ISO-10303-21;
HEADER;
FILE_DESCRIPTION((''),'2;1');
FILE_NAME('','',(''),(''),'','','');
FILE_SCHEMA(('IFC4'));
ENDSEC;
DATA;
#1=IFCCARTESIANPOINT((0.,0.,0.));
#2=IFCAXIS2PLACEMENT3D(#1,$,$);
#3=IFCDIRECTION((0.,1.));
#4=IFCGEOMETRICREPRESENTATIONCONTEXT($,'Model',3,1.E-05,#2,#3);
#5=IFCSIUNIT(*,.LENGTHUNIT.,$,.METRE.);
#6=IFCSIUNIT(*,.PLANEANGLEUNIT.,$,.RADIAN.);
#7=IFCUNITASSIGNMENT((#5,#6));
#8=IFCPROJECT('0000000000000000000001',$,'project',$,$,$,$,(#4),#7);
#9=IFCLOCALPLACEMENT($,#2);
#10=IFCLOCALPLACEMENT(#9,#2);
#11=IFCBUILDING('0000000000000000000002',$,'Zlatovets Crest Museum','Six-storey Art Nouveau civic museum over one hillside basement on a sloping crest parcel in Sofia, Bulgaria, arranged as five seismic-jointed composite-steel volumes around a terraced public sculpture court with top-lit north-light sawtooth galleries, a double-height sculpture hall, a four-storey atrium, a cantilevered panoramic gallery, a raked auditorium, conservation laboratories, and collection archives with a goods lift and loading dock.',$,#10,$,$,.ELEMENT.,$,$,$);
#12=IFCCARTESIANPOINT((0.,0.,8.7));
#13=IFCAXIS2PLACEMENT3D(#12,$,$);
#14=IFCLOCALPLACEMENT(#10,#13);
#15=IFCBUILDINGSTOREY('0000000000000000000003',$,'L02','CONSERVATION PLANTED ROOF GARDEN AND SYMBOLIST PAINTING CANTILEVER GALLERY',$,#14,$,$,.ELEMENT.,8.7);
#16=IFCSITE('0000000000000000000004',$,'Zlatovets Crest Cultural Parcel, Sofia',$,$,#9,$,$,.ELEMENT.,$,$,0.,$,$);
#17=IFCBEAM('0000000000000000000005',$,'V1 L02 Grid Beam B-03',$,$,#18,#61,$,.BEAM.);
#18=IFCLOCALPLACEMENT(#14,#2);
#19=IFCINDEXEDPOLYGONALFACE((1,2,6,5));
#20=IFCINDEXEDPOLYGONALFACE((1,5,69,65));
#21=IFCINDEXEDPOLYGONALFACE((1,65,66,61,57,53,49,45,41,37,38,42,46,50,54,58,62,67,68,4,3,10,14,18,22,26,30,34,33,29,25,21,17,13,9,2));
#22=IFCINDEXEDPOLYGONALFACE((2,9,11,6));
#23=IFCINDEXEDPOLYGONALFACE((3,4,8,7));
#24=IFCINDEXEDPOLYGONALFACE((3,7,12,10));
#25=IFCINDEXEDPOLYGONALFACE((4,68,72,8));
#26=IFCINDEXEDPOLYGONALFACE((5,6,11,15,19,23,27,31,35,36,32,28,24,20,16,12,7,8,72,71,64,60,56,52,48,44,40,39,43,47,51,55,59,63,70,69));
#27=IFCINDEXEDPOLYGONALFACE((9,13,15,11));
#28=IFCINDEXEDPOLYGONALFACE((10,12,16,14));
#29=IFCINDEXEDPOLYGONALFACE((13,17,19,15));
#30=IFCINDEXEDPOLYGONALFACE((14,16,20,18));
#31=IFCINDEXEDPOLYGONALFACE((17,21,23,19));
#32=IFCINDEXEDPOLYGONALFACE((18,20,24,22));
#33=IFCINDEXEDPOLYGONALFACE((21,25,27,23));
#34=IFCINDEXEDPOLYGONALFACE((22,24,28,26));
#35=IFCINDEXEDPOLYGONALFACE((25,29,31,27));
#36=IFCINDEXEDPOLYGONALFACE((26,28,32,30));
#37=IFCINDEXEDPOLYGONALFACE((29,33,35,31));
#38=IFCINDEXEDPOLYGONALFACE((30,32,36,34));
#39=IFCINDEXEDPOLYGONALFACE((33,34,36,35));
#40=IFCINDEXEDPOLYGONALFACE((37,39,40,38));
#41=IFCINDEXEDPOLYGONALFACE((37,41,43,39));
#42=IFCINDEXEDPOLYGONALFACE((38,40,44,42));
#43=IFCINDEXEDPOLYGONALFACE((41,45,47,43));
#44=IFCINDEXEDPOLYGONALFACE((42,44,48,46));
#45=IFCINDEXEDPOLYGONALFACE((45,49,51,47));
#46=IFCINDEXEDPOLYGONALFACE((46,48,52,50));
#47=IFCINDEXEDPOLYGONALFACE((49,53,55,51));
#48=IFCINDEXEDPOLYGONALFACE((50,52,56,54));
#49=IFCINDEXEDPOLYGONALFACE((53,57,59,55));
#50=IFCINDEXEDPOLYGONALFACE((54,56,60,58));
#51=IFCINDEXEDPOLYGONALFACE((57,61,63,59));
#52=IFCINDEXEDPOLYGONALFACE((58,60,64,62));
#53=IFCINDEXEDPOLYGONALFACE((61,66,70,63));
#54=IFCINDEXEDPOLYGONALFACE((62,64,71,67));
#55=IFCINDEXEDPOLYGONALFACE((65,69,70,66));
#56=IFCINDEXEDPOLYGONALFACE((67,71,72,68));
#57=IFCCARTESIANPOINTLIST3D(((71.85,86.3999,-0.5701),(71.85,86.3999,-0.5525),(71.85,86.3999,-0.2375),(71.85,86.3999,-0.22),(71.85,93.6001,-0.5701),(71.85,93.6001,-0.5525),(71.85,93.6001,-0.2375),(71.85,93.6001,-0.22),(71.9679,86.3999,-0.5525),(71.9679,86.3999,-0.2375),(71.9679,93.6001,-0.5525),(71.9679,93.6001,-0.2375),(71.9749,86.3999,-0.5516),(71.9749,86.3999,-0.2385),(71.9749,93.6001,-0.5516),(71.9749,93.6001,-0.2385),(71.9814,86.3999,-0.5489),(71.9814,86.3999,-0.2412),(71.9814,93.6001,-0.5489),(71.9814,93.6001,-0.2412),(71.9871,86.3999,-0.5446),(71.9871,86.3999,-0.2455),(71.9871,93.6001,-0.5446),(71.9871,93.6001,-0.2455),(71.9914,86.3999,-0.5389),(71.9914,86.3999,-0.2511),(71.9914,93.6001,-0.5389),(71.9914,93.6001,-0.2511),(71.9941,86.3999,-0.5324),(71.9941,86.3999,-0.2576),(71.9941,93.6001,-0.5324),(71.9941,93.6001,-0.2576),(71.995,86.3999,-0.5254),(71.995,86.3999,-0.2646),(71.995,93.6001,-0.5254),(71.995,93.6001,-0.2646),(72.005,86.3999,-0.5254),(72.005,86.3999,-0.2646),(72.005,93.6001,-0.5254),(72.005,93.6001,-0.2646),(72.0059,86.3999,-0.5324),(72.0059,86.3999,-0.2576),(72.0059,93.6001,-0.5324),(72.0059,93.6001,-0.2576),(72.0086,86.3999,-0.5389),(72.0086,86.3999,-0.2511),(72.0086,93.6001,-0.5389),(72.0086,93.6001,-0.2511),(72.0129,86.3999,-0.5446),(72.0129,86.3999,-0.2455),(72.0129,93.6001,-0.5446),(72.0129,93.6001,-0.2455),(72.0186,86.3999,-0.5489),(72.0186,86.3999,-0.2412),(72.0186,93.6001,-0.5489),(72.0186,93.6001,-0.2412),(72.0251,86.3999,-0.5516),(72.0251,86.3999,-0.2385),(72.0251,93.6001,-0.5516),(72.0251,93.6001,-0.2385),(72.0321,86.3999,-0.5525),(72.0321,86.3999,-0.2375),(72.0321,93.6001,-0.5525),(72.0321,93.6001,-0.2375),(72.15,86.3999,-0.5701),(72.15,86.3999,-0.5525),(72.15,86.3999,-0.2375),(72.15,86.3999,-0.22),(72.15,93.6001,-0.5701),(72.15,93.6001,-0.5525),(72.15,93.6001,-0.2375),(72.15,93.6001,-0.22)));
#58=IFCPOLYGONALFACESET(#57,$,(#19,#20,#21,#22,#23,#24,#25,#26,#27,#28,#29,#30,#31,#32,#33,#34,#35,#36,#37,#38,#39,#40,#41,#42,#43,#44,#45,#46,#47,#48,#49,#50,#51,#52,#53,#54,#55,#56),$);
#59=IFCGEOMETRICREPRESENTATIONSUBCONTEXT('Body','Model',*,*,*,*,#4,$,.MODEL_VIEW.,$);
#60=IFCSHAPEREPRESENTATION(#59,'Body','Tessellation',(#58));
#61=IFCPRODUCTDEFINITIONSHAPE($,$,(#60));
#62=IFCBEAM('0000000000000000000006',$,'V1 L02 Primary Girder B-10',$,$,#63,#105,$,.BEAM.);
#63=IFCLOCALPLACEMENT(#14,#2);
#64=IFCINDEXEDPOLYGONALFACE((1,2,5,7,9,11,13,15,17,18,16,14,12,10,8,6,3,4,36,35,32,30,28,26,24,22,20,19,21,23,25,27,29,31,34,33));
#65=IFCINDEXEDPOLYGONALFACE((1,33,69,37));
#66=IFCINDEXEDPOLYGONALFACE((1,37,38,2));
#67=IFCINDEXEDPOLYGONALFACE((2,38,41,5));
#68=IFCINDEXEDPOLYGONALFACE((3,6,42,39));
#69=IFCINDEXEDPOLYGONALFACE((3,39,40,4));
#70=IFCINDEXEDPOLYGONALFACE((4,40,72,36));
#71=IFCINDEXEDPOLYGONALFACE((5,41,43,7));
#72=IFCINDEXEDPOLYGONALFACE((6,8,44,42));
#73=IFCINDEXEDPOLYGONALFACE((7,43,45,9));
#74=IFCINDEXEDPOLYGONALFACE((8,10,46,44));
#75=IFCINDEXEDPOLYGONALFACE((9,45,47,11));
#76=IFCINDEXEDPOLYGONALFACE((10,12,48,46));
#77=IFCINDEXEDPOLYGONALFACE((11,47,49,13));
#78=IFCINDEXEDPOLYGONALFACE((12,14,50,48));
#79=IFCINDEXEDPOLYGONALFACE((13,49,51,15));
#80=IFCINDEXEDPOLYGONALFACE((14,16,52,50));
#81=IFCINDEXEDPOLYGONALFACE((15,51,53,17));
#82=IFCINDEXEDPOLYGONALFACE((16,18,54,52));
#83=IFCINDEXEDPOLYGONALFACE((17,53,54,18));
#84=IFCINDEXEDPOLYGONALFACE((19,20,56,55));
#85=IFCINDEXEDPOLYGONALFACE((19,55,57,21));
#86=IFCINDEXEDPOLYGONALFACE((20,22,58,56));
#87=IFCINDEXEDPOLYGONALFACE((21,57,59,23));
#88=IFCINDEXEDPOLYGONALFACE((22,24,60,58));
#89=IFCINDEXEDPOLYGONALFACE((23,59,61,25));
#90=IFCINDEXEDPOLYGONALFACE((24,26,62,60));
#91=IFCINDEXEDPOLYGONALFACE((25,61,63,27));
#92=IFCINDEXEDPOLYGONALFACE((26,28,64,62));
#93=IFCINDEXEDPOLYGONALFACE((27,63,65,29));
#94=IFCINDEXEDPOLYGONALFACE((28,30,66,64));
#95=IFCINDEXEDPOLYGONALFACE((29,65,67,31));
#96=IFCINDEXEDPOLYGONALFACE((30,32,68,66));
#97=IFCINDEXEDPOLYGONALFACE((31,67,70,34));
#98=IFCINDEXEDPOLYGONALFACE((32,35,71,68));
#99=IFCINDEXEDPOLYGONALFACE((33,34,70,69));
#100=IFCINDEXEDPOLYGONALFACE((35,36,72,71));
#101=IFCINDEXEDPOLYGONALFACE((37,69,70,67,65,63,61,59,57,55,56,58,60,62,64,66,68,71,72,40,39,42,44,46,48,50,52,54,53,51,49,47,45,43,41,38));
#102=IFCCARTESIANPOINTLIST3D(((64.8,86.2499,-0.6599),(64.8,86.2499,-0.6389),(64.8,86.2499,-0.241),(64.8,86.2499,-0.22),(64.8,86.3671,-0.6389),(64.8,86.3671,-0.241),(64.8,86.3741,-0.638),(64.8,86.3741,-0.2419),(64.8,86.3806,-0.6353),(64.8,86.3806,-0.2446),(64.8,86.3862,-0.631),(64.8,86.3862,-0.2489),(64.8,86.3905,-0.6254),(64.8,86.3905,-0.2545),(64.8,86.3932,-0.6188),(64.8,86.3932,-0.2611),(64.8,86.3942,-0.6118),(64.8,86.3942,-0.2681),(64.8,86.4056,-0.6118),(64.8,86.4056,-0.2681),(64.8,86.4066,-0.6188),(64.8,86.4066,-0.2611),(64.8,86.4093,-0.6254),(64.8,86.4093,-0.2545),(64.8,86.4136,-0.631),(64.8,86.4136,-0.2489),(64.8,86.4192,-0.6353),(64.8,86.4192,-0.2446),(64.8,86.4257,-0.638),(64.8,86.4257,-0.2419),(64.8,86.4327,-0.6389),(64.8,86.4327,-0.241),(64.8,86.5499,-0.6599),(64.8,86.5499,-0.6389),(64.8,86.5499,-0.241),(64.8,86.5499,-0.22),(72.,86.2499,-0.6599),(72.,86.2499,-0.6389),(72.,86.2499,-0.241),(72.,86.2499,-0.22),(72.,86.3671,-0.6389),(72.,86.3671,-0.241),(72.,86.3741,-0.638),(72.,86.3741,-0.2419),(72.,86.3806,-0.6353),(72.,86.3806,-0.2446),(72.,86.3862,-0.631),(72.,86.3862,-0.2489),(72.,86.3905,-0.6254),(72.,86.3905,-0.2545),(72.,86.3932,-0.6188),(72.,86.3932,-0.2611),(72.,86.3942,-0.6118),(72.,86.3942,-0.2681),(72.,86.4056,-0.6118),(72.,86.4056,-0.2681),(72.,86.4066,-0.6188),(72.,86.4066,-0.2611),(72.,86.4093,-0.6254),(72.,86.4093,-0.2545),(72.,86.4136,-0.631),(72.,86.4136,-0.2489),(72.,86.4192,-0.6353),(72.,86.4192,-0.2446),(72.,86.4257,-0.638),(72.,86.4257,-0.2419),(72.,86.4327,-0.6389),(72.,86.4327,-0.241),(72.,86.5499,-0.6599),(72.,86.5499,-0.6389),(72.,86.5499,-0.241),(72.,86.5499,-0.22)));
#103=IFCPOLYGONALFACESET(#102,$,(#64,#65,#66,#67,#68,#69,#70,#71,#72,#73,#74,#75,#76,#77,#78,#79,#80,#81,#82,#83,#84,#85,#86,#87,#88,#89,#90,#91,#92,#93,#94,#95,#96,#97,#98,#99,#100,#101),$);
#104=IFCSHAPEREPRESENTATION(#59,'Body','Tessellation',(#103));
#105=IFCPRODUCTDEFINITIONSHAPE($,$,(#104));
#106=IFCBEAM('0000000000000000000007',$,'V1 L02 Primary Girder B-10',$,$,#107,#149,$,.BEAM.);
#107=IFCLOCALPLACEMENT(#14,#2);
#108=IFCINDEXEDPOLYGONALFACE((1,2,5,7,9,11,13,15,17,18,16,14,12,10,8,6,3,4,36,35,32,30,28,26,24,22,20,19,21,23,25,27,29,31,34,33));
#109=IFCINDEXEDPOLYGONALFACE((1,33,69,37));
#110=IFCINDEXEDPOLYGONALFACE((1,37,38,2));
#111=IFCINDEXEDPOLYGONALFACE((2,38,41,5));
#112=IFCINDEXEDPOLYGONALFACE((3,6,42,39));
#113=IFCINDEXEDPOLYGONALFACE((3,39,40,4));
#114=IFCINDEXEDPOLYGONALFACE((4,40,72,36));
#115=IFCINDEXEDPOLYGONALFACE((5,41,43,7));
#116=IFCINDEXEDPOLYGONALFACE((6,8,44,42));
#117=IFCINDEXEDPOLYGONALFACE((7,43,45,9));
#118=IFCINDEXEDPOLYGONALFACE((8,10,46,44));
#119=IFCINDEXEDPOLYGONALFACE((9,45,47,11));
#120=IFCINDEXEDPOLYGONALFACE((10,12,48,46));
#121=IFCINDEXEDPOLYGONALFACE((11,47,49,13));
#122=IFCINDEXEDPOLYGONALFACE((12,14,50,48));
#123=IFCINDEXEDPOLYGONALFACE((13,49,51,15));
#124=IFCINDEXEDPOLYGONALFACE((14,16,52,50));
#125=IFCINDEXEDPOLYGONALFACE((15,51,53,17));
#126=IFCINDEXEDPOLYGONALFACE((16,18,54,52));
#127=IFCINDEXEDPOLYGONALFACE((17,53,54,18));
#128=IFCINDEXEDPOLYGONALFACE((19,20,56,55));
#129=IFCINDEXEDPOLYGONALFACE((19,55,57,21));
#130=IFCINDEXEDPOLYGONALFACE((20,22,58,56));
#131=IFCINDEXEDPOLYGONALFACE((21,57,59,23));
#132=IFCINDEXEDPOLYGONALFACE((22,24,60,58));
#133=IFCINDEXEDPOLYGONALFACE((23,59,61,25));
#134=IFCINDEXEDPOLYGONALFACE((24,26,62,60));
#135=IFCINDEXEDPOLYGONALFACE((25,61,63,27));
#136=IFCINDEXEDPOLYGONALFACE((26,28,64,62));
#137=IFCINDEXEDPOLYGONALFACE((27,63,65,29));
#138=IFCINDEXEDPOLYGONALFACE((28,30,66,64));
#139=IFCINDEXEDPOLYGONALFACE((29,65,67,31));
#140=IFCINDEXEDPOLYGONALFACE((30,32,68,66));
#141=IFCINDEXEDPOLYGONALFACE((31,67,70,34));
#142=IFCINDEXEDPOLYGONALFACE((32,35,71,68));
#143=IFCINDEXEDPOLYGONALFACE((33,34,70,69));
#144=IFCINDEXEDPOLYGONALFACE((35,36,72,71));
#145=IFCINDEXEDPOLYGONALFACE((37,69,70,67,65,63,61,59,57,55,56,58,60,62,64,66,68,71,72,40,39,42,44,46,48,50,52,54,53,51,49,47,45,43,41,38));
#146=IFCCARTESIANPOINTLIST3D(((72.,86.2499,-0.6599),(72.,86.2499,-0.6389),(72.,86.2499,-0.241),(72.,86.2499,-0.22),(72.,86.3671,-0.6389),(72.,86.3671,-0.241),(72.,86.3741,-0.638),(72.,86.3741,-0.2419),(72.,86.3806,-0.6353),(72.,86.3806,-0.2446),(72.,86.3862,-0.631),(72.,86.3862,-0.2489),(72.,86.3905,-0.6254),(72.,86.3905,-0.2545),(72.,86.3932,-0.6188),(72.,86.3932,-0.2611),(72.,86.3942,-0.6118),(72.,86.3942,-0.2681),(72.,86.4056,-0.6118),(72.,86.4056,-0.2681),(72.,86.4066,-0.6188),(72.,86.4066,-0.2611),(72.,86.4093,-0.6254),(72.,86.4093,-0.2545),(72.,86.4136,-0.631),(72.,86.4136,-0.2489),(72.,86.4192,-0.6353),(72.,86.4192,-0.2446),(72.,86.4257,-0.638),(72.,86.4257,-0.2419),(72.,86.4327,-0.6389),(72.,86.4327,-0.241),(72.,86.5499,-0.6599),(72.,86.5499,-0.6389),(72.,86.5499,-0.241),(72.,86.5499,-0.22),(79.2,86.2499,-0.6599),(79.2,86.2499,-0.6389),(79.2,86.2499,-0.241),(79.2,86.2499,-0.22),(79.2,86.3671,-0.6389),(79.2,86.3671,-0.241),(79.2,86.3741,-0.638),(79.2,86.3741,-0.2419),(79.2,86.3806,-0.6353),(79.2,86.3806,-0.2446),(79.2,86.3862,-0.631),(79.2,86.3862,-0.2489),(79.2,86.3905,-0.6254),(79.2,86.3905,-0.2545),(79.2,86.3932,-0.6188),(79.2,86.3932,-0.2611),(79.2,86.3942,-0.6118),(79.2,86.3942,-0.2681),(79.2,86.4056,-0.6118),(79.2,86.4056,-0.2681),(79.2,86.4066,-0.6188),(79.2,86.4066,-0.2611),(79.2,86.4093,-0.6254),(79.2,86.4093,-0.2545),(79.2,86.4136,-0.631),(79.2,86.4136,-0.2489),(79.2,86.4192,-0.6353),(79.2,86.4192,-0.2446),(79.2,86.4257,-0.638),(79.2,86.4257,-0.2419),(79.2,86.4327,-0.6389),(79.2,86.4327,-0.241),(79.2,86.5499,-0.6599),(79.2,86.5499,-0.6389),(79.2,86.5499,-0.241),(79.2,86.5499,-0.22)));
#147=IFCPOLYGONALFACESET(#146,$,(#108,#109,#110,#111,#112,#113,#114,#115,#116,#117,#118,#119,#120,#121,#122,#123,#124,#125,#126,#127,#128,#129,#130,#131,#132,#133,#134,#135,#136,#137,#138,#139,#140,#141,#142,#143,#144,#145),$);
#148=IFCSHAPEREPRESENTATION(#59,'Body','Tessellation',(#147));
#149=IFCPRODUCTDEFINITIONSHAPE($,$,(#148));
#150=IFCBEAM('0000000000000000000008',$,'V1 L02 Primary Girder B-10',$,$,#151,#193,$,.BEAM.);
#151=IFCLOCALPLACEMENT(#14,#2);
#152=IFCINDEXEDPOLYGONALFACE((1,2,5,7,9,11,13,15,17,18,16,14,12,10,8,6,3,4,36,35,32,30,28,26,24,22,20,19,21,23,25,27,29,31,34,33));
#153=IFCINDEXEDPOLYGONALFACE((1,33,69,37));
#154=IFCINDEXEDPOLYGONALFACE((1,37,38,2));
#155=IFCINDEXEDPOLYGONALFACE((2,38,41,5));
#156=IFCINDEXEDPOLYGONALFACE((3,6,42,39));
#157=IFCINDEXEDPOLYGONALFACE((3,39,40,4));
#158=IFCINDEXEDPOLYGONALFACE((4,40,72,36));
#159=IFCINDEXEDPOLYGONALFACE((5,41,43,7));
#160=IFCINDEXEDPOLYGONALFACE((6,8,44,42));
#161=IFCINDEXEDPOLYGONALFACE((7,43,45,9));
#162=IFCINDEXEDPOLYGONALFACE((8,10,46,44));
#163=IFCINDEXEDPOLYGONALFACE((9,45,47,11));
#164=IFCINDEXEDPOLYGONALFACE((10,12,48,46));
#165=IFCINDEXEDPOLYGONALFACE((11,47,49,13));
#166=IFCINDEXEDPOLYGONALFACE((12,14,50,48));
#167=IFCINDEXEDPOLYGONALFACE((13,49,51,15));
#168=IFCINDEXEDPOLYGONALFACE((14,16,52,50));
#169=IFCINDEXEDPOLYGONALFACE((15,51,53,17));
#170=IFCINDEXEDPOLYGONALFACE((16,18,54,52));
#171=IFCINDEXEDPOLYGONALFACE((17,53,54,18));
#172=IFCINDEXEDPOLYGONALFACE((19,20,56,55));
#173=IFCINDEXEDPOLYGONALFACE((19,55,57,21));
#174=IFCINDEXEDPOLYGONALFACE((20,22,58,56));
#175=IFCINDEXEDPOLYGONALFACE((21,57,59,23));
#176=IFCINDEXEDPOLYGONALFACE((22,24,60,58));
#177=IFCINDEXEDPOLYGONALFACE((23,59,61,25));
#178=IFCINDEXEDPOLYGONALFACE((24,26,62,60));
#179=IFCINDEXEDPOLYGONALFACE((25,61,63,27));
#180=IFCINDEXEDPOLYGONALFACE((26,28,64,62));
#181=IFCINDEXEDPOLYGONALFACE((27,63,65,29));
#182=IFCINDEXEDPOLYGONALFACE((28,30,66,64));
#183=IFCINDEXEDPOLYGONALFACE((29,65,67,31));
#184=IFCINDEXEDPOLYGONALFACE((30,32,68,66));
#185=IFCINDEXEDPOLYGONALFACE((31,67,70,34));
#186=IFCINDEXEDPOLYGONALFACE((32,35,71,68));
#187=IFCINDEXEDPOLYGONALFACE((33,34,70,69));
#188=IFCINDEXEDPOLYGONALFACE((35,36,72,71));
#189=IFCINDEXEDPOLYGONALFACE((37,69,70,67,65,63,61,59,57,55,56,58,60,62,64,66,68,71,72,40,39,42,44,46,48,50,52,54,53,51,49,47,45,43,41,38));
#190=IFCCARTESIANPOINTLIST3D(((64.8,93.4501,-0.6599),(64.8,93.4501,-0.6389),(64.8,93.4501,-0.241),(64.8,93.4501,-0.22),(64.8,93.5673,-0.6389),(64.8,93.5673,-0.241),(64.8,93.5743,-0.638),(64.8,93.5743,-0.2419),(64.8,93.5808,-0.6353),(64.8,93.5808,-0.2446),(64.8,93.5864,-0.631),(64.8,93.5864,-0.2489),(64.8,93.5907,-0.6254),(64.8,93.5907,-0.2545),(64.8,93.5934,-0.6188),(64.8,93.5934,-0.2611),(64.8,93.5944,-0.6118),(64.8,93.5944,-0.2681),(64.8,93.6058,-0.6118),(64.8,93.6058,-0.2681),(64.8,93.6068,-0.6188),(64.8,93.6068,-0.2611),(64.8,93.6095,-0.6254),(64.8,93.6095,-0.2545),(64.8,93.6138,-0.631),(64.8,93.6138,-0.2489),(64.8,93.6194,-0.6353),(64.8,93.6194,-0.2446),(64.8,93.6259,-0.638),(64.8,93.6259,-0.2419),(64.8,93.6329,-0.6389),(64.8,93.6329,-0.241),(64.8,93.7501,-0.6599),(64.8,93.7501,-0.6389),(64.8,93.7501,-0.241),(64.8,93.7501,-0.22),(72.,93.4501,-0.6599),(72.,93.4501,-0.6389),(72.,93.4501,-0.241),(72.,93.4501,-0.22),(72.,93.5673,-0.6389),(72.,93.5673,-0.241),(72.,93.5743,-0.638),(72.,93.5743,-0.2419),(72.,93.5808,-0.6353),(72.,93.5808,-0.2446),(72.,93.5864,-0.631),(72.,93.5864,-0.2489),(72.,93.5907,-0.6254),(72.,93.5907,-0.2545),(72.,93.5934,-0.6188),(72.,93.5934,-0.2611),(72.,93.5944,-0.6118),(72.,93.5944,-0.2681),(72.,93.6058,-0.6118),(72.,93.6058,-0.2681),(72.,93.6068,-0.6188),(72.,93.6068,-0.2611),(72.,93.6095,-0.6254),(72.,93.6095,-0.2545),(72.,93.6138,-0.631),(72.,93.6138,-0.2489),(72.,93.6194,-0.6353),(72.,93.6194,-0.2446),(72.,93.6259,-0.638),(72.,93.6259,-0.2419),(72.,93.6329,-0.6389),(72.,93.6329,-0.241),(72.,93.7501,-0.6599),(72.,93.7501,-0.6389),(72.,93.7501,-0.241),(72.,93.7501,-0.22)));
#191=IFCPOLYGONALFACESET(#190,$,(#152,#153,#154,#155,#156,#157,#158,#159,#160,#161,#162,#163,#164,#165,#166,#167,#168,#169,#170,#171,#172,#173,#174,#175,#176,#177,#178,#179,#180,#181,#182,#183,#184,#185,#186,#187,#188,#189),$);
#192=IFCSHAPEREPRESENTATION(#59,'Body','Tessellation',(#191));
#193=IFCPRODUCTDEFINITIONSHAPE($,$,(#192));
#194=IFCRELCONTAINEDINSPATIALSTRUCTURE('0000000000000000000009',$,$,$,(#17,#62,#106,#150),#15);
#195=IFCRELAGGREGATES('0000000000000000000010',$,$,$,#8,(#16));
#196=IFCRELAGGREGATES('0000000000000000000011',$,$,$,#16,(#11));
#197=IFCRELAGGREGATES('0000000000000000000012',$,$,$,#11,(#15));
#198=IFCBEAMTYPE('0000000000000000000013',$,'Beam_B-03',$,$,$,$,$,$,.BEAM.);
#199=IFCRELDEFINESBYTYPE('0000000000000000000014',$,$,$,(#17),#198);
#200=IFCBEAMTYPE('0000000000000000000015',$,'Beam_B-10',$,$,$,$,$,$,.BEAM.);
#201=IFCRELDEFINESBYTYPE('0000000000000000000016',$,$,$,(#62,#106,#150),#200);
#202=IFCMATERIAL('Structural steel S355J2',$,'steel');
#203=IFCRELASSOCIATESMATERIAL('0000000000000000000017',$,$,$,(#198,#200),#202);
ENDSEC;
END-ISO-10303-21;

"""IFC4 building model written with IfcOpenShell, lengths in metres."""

from ifc_helpers import new_model, si_unit, direction, frame, origin, origin_2d, place, context, subcontext, project, spatial, i_section, extrude, material, material_profile, profile_set, type_object, element, save


model = new_model("IFC4")

# Units and contexts
model_context = context("Model", 3, precision=1e-05, world=origin(), true_north=direction((0.0, 1.0)))
body_context = subcontext(model_context, "Body", "Model", "MODEL_VIEW")
ifc_project = project(units=[si_unit("LENGTHUNIT", "METRE"), si_unit("PLANEANGLEUNIT", "RADIAN")], contexts=[model_context])

# Site, building, storey
site_placement = place(None, origin())
site = spatial("IfcSite", under=ifc_project, at=site_placement, Name="Zlatovets Crest Cultural Parcel, Sofia", CompositionType="ELEMENT", RefElevation=0.0)
building_placement = place(site_placement, origin())
building = spatial("IfcBuilding", under=site, at=building_placement, Name="Zlatovets Crest Museum", Description="Six-storey Art Nouveau civic museum over one hillside basement on a sloping crest parcel in Sofia, Bulgaria, arranged as five seismic-jointed composite-steel volumes around a terraced public sculpture court with top-lit north-light sawtooth galleries, a double-height sculpture hall, a four-storey atrium, a cantilevered panoramic gallery, a raked auditorium, conservation laboratories, and collection archives with a goods lift and loading dock.", CompositionType="ELEMENT")
storey_placement = place(building_placement, frame((0.0, 0.0, 8.7)))
storey = spatial("IfcBuildingStorey", under=building, at=storey_placement, Name="L02", Description="CONSERVATION PLANTED ROOF GARDEN AND SYMBOLIST PAINTING CANTILEVER GALLERY", CompositionType="ELEMENT", Elevation=8.7)

# Shared definitions
ifc_material_1 = material(Name="Structural steel S355J2", Category="steel")

# Beams
ifc_material_profile_1 = material_profile(ifc_material_1, i_section(OverallWidth=0.3, OverallDepth=0.3501, WebThickness=0.01, FlangeThickness=0.0176, FilletRadius=0.0271, at=origin_2d()), Name="HEA 360")
ifc_profile_set_1 = profile_set([ifc_material_profile_1], Name="Structural steel S355J2")
beam_type_1 = type_object("IfcBeamType", Name="Beam_B-03", PredefinedType="BEAM", material=ifc_profile_set_1)
beam_1_placement = place(storey_placement, frame((72.0, 86.3999, -0.395), z_axis=(0.0, 1.0, 0.0), x_axis=(-1.0, 0.0, 0.0)))
element("IfcBeam", 1, at=beam_1_placement, inside=storey, type_object=beam_type_1, Name="V1 L02 Grid Beam B-03", PredefinedType="BEAM", context=body_context, shape_type="SweptSolid", body=[
    extrude(i_section(OverallWidth=0.3, OverallDepth=0.3501, WebThickness=0.01, FlangeThickness=0.0176, FilletRadius=0.0271, at=origin_2d()), origin(), (0.0, 0.0, 1.0), 7.2002),
])
ifc_material_profile_2 = material_profile(ifc_material_1, i_section(OverallWidth=0.3, OverallDepth=0.4399, WebThickness=0.0115, FlangeThickness=0.021, FilletRadius=0.0271, at=origin_2d()), Name="HEA 450")
ifc_profile_set_2 = profile_set([ifc_material_profile_2], Name="Structural steel S355J2")
beam_type_2 = type_object("IfcBeamType", Name="Beam_B-10", PredefinedType="BEAM", material=ifc_profile_set_2)
for number, where, z_axis, x_axis, name in (
    (2, (64.8, 86.3999, -0.4399), (1.0, 0.0, 0.0), (0.0, 1.0, 0.0), "V1 L02 Primary Girder B-10"),
    (3, (72.0, 86.3999, -0.4399), (1.0, 0.0, 0.0), (0.0, 1.0, 0.0), "V1 L02 Primary Girder B-10"),
    (4, (64.8, 93.6001, -0.4399), (1.0, 0.0, 0.0), (0.0, 1.0, 0.0), "V1 L02 Primary Girder B-10"),
):
    element("IfcBeam", number, at=place(storey_placement, frame(where, z_axis=z_axis, x_axis=x_axis)), inside=storey, type_object=beam_type_2, Name=name, PredefinedType="BEAM", context=body_context, shape_type="SweptSolid", body=[
        extrude(i_section(OverallWidth=0.3, OverallDepth=0.4399, WebThickness=0.0115, FlangeThickness=0.021, FilletRadius=0.0271, at=origin_2d()), origin(), (0.0, 0.0, 1.0), 7.2),
    ])

save(model, "model.ifc")
